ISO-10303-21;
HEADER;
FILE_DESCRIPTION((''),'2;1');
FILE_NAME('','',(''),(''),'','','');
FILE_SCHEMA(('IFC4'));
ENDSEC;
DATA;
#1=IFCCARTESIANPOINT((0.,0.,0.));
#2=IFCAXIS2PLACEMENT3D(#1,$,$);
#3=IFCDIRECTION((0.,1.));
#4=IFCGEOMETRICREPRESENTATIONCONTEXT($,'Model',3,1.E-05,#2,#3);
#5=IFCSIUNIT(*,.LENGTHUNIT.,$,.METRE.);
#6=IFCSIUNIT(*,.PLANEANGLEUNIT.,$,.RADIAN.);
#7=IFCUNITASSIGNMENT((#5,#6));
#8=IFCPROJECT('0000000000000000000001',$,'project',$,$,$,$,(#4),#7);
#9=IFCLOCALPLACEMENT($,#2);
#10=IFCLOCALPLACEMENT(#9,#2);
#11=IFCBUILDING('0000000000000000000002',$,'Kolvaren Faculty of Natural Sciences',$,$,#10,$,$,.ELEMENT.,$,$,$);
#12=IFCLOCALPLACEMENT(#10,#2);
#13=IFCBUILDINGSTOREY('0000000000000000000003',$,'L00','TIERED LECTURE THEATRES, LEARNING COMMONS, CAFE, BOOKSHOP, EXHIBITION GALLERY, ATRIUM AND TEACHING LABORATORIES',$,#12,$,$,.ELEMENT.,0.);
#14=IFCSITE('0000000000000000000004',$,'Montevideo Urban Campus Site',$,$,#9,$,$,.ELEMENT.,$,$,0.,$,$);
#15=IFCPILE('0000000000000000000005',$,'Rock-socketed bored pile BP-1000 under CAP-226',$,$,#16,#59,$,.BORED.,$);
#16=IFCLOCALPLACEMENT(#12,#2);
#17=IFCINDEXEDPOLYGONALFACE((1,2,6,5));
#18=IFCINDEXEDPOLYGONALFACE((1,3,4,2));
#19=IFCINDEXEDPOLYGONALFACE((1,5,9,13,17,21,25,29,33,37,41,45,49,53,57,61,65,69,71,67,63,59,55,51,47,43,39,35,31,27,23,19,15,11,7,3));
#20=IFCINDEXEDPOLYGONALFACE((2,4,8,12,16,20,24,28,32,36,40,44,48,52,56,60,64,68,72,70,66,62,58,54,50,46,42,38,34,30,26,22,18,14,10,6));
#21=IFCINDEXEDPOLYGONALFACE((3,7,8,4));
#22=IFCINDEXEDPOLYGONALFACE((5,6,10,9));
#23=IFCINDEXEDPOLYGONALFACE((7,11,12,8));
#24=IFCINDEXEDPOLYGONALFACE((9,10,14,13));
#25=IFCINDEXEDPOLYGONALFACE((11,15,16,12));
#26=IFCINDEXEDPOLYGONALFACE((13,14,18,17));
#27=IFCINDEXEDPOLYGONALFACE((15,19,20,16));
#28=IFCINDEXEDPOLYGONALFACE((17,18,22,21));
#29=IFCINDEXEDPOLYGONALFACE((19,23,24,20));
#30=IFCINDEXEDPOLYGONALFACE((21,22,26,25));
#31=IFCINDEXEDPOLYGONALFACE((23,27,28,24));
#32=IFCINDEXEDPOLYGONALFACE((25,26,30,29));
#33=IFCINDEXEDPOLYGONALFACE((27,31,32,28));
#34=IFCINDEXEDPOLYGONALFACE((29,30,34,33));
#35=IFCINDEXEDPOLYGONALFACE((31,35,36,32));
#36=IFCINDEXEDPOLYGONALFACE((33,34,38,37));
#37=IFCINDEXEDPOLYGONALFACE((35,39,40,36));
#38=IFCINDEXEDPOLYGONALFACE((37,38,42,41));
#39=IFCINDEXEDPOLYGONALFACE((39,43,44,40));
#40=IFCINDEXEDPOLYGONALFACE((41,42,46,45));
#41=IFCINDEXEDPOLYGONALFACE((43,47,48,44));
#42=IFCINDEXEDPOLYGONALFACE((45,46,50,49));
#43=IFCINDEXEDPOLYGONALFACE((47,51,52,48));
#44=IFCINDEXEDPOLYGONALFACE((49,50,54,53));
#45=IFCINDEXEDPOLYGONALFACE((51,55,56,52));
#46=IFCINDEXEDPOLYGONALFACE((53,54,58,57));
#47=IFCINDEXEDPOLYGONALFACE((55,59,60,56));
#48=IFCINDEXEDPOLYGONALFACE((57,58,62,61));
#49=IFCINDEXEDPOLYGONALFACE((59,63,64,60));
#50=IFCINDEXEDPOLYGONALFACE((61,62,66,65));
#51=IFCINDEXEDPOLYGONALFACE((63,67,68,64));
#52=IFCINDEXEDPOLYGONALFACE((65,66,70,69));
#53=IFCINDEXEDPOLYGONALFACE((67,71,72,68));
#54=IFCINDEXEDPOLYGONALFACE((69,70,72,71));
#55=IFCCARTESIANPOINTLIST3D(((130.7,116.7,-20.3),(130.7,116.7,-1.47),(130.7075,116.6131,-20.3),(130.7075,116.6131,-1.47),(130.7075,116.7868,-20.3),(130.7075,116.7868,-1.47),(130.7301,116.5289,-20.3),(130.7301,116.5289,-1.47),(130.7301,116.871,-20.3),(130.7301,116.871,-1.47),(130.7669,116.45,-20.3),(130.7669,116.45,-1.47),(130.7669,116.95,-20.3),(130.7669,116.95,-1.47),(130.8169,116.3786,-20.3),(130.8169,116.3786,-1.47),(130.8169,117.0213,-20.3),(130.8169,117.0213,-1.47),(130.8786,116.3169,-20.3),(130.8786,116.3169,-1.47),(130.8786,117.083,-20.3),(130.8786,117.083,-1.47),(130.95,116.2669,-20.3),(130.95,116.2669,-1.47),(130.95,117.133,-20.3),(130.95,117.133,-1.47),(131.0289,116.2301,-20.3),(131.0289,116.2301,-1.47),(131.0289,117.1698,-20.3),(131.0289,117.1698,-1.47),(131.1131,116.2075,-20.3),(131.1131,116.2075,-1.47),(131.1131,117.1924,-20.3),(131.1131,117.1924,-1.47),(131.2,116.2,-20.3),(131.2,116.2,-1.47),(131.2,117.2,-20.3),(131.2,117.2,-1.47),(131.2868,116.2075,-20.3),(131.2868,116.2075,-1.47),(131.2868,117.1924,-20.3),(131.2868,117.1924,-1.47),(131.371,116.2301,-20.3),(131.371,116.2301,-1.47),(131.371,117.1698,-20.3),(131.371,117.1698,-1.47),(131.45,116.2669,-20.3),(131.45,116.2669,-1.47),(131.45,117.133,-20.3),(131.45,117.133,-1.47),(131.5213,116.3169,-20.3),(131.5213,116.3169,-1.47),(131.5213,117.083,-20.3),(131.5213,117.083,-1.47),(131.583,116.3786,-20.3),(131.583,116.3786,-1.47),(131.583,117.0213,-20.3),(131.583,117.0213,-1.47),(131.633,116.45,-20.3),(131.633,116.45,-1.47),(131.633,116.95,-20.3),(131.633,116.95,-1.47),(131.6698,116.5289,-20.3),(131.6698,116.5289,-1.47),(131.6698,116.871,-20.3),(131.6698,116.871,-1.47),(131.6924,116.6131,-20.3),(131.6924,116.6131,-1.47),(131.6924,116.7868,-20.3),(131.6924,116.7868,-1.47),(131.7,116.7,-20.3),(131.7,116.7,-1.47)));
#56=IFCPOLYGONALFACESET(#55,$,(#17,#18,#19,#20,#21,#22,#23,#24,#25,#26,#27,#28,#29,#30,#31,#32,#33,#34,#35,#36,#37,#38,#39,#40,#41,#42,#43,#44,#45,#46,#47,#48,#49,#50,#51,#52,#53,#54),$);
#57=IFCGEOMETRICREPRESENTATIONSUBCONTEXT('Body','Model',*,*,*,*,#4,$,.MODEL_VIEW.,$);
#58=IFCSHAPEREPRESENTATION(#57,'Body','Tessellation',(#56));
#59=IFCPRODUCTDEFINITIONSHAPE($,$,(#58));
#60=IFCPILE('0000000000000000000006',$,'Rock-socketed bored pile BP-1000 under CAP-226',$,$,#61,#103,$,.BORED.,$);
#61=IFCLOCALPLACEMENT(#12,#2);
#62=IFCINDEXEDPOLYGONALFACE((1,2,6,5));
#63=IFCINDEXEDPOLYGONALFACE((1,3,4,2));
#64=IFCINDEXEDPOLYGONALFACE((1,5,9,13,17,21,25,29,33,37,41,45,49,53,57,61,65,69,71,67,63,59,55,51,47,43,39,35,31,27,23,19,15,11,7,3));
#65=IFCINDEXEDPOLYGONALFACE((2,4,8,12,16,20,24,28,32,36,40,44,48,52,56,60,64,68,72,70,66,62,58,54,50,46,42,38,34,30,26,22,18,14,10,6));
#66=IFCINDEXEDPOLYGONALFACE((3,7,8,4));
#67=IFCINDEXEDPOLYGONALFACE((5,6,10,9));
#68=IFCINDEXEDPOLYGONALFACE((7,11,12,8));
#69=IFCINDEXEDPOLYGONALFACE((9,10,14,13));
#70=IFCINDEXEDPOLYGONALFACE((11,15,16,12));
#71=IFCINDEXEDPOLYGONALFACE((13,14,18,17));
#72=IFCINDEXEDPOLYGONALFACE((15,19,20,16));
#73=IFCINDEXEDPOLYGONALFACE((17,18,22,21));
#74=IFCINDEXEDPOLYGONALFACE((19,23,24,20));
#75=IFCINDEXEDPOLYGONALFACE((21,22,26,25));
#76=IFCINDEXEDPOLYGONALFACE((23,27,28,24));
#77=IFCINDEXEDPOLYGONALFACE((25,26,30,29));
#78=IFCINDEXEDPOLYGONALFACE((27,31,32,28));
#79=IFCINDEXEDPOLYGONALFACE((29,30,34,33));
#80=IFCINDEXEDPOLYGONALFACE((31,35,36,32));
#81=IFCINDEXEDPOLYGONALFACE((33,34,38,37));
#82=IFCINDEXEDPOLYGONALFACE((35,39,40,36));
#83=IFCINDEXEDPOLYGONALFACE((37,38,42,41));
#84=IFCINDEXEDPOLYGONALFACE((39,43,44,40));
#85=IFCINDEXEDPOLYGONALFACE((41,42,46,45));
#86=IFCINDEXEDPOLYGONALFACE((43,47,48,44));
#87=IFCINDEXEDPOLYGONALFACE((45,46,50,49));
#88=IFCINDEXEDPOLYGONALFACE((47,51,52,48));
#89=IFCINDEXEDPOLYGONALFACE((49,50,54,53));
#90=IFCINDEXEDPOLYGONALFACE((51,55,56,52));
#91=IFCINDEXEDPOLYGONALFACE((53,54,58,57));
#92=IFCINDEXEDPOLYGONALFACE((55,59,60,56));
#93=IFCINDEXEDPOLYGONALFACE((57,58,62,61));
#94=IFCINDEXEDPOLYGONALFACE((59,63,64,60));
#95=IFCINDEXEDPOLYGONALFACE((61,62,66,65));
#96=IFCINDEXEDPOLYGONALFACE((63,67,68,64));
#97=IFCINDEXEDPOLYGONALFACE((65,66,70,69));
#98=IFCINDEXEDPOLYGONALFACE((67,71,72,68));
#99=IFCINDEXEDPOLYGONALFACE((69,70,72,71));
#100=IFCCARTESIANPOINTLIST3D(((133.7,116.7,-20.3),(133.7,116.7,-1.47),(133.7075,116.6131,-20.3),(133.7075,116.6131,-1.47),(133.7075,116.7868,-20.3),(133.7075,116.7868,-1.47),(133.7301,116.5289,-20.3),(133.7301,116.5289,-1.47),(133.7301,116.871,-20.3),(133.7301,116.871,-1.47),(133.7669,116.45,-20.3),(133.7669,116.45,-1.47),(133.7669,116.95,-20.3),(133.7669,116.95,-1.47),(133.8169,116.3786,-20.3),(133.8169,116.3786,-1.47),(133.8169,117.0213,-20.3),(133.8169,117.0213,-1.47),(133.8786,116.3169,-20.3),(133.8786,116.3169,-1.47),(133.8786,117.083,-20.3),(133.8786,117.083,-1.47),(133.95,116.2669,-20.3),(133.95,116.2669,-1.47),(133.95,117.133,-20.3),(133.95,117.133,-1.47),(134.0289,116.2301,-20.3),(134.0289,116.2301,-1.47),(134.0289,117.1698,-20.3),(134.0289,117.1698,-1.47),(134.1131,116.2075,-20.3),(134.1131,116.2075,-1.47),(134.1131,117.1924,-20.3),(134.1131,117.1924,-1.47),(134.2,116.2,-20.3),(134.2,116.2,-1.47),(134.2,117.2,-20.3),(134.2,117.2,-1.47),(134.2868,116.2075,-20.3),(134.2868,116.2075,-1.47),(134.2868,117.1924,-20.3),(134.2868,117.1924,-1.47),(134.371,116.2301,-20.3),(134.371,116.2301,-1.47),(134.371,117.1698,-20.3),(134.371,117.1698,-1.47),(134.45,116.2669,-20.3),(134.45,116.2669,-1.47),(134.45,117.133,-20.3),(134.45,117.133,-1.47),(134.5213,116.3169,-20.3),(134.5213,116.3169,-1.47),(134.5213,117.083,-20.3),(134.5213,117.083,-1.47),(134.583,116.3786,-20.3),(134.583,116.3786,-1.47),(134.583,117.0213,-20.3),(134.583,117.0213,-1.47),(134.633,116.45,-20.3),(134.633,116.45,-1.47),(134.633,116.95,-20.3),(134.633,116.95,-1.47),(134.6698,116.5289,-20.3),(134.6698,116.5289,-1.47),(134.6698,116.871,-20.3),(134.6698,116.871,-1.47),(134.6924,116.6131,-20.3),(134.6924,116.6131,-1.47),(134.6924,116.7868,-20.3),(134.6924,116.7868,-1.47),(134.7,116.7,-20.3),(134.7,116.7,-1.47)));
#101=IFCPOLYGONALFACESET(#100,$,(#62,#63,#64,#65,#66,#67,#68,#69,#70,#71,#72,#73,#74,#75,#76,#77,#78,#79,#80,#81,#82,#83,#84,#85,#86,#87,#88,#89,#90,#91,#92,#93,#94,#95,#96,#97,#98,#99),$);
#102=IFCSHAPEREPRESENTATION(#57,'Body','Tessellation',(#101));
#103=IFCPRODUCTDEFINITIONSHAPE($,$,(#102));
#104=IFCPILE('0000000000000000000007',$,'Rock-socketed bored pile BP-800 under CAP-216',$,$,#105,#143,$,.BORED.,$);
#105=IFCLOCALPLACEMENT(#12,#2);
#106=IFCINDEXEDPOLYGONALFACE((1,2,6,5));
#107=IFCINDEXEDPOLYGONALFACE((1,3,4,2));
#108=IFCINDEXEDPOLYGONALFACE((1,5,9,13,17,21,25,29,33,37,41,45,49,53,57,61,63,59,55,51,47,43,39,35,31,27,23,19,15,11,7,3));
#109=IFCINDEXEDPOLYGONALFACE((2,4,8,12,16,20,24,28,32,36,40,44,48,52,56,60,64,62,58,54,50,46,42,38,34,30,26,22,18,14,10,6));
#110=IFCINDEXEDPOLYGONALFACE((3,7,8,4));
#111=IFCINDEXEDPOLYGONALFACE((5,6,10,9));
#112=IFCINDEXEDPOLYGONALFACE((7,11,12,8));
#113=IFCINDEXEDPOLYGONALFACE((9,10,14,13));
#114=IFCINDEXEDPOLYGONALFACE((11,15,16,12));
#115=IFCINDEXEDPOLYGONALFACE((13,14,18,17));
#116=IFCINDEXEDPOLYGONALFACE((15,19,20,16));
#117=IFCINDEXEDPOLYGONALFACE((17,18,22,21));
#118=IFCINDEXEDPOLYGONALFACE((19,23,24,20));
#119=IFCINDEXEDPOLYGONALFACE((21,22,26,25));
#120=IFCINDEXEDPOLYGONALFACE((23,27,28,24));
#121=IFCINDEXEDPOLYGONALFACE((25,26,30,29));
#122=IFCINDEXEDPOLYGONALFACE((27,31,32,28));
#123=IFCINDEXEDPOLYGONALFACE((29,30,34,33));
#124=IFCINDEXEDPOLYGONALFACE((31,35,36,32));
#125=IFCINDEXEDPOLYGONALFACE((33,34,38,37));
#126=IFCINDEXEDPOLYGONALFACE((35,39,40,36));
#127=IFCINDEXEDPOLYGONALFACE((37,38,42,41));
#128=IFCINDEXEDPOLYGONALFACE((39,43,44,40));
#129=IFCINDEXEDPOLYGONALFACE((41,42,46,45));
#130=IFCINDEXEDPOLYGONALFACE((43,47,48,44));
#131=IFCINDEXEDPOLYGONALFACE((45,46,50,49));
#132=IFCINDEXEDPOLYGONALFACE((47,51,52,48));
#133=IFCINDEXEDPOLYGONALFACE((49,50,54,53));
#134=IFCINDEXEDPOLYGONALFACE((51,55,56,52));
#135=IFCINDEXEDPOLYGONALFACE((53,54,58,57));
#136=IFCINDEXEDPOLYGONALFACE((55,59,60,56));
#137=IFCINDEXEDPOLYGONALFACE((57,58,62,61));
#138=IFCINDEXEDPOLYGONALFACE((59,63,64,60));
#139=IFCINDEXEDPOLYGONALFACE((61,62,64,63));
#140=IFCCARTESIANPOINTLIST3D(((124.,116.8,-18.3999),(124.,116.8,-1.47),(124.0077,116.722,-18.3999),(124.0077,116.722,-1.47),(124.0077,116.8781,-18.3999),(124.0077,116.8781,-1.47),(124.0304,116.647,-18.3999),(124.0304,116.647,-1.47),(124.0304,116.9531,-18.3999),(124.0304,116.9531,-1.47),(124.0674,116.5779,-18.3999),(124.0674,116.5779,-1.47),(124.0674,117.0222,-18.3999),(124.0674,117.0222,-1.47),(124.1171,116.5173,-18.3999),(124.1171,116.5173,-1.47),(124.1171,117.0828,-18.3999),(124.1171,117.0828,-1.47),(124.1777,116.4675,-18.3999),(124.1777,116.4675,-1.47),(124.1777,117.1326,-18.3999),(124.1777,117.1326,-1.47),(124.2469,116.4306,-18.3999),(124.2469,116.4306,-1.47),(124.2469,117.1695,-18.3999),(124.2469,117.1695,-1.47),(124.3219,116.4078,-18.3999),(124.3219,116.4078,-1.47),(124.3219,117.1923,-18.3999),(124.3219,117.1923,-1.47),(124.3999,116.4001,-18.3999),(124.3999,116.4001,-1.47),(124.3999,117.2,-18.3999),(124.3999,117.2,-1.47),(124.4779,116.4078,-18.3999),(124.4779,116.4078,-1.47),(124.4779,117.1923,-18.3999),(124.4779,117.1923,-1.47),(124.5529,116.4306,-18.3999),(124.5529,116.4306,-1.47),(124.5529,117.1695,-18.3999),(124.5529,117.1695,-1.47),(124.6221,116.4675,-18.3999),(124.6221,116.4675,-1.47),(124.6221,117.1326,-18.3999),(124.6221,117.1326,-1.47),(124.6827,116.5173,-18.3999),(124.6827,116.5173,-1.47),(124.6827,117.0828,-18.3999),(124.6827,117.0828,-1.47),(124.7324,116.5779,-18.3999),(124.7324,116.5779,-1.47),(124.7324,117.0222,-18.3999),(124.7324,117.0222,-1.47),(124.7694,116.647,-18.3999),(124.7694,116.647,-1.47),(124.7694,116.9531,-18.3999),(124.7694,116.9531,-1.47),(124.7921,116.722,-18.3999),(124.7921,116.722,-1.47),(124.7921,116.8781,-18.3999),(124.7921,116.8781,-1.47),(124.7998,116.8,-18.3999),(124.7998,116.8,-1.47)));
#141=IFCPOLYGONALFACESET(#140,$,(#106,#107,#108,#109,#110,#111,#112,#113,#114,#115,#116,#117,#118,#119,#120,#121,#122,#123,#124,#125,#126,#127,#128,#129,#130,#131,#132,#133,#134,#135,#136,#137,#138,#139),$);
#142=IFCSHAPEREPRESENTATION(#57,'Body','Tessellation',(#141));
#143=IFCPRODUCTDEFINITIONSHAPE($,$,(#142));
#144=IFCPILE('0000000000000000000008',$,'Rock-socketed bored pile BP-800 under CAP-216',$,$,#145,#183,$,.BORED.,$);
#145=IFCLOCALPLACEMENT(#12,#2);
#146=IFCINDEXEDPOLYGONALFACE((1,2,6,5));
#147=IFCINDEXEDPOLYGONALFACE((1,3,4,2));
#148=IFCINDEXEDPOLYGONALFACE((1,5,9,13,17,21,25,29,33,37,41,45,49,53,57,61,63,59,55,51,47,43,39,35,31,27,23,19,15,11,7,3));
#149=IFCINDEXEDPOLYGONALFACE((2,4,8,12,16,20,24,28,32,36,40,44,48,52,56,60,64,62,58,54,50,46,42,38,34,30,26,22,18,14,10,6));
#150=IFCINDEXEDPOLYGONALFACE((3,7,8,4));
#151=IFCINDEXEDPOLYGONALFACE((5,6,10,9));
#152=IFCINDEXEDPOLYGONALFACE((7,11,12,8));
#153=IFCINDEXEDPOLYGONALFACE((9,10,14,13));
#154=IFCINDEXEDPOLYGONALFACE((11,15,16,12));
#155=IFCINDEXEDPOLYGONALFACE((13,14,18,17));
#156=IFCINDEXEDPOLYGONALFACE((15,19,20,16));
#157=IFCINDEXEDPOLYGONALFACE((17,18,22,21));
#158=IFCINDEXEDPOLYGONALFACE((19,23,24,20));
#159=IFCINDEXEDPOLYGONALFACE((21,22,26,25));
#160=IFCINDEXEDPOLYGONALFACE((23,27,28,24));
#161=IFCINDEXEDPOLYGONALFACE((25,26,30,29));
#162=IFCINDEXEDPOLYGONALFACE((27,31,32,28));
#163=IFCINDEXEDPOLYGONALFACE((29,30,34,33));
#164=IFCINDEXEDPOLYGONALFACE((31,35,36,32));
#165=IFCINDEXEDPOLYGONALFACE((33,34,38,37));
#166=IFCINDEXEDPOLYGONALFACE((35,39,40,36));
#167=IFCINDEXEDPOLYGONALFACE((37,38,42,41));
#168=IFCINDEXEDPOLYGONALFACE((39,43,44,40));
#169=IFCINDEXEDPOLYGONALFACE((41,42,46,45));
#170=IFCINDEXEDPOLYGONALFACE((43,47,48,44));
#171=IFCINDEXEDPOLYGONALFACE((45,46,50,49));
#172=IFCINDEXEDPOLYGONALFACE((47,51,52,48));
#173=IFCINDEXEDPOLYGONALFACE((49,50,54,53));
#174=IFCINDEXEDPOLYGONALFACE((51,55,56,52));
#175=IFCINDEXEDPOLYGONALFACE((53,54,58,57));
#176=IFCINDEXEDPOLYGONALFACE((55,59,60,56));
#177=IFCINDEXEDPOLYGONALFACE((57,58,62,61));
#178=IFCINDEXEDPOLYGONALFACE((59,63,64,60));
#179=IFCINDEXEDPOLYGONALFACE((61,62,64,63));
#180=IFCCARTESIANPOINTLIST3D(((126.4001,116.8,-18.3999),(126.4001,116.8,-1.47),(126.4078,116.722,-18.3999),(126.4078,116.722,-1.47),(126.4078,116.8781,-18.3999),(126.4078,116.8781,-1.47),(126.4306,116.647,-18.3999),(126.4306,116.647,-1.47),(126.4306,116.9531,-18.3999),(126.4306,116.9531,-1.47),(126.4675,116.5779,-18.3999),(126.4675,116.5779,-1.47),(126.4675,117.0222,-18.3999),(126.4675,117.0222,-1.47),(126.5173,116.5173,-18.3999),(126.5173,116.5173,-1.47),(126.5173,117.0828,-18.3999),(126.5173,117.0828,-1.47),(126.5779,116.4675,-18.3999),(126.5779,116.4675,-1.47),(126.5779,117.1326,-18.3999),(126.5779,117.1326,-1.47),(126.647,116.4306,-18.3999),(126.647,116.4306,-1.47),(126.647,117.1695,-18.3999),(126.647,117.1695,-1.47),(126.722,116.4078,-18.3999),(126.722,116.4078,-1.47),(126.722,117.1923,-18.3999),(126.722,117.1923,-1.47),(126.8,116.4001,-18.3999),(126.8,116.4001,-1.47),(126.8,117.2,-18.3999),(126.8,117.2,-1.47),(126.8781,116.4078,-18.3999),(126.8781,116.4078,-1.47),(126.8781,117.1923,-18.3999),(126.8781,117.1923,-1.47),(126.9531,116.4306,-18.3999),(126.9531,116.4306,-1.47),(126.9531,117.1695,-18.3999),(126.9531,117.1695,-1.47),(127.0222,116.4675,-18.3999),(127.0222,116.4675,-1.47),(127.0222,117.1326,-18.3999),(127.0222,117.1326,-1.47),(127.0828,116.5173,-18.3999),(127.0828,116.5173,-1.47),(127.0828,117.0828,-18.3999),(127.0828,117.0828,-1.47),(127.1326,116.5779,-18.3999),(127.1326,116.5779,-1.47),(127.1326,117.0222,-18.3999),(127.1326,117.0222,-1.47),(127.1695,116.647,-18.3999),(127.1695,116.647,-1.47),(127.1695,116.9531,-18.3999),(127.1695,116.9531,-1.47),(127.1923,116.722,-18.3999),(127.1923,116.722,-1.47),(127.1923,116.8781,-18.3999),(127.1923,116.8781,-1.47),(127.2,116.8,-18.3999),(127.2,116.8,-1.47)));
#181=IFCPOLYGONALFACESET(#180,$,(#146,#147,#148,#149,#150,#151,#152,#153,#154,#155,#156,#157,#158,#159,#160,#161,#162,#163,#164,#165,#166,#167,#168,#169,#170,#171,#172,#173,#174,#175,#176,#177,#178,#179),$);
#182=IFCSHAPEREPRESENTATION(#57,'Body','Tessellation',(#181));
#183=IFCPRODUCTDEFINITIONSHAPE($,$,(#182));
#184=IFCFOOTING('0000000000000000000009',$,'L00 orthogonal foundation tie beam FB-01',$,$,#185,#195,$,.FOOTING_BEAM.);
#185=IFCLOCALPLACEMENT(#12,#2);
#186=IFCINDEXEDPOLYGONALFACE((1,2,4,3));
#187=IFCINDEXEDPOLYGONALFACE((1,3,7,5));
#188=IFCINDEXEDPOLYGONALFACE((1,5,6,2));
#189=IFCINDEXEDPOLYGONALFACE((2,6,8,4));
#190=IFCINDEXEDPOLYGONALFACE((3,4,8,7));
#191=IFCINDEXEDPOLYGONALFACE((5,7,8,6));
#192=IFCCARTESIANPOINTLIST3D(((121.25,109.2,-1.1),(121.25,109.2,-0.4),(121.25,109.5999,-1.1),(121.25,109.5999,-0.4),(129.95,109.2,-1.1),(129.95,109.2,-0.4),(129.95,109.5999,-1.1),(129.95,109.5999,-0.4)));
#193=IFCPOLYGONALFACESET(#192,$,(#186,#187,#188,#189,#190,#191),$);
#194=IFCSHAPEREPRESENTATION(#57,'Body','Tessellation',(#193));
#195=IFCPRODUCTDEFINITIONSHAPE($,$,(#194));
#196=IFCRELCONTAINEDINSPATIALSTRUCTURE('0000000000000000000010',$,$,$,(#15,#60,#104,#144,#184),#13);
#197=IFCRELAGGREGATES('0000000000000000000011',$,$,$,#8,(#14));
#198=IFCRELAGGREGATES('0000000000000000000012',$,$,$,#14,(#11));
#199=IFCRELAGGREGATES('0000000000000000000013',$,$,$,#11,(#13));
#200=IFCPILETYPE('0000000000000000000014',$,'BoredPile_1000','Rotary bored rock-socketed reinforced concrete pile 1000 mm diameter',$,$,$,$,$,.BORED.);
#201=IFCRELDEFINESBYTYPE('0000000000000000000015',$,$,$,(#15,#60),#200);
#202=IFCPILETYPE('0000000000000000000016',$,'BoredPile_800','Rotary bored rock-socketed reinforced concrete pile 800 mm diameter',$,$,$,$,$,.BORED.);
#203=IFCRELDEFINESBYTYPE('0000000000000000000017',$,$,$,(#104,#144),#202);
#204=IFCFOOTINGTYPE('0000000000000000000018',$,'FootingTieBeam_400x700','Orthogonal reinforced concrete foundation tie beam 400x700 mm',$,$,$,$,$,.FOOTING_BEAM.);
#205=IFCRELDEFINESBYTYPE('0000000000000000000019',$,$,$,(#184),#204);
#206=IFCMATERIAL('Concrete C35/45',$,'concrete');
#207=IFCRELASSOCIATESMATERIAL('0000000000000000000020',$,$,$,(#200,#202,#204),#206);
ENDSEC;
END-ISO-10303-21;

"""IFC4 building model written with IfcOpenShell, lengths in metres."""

from ifc_helpers import new_model, si_unit, direction, frame, origin, origin_2d, place, context, subcontext, project, spatial, rectangle, circle, extrude, material, material_profile, profile_set, type_object, element, save


model = new_model("IFC4")

# Units and contexts
model_context = context("Model", 3, precision=1e-05, world=origin(), true_north=direction((0.0, 1.0)))
body_context = subcontext(model_context, "Body", "Model", "MODEL_VIEW")
ifc_project = project(units=[si_unit("LENGTHUNIT", "METRE"), si_unit("PLANEANGLEUNIT", "RADIAN")], contexts=[model_context])

# Site, building, storey
site_placement = place(None, origin())
site = spatial("IfcSite", under=ifc_project, at=site_placement, Name="Montevideo Urban Campus Site", CompositionType="ELEMENT", RefElevation=0.0)
building_placement = place(site_placement, origin())
building = spatial("IfcBuilding", under=site, at=building_placement, Name="Kolvaren Faculty of Natural Sciences", CompositionType="ELEMENT")
storey_placement = place(building_placement, origin())
storey = spatial("IfcBuildingStorey", under=building, at=storey_placement, Name="L00", Description="TIERED LECTURE THEATRES, LEARNING COMMONS, CAFE, BOOKSHOP, EXHIBITION GALLERY, ATRIUM AND TEACHING LABORATORIES", CompositionType="ELEMENT", Elevation=0.0)

# Piles
ifc_material_1 = material(Name="Concrete C35/45", Category="concrete")
ifc_material_profile_1 = material_profile(ifc_material_1, circle(Radius=0.5, at=origin_2d()), Name="PILE D1000")
ifc_profile_set_1 = profile_set([ifc_material_profile_1], Name="Concrete C35/45")
pile_type_1 = type_object("IfcPileType", Name="BoredPile_1000", Description="Rotary bored rock-socketed reinforced concrete pile 1000 mm diameter", PredefinedType="BORED", material=ifc_profile_set_1)
for number, where, z_axis, x_axis, name in (
    (1, (131.2, 116.7, -1.47), (0.0, 0.0, -1.0), (1.0, 0.0, 0.0), "Rock-socketed bored pile BP-1000 under CAP-226"),
    (2, (134.2, 116.7, -1.47), (0.0, 0.0, -1.0), (1.0, 0.0, 0.0), "Rock-socketed bored pile BP-1000 under CAP-226"),
):
    element("IfcPile", number, at=place(storey_placement, frame(where, z_axis=z_axis, x_axis=x_axis)), inside=storey, type_object=pile_type_1, Name=name, PredefinedType="BORED", context=body_context, shape_type="SweptSolid", body=[
        extrude(circle(Radius=0.5, at=origin_2d()), origin(), (0.0, 0.0, 1.0), 18.8301),
    ])
ifc_material_profile_2 = material_profile(ifc_material_1, circle(Radius=0.3999, at=origin_2d()), Name="PILE D800")
ifc_profile_set_2 = profile_set([ifc_material_profile_2], Name="Concrete C35/45")
pile_type_2 = type_object("IfcPileType", Name="BoredPile_800", Description="Rotary bored rock-socketed reinforced concrete pile 800 mm diameter", PredefinedType="BORED", material=ifc_profile_set_2)
for number, where, z_axis, x_axis, name in (
    (3, (124.3999, 116.8, -1.47), (0.0, 0.0, -1.0), (1.0, 0.0, 0.0), "Rock-socketed bored pile BP-800 under CAP-216"),
    (4, (126.8, 116.8, -1.47), (0.0, 0.0, -1.0), (1.0, 0.0, 0.0), "Rock-socketed bored pile BP-800 under CAP-216"),
):
    element("IfcPile", number, at=place(storey_placement, frame(where, z_axis=z_axis, x_axis=x_axis)), inside=storey, type_object=pile_type_2, Name=name, PredefinedType="BORED", context=body_context, shape_type="SweptSolid", body=[
        extrude(circle(Radius=0.3999, at=origin_2d()), origin(), (0.0, 0.0, 1.0), 16.9299),
    ])

# Footing
ifc_material_profile_3 = material_profile(ifc_material_1, rectangle(XDim=0.3999, YDim=0.7, at=origin_2d()), Name="RC FB 400x700")
ifc_profile_set_3 = profile_set([ifc_material_profile_3], Name="Concrete C35/45")
footing_type_1 = type_object("IfcFootingType", Name="FootingTieBeam_400x700", Description="Orthogonal reinforced concrete foundation tie beam 400x700 mm", PredefinedType="FOOTING_BEAM", material=ifc_profile_set_3)
footing_1_placement = place(storey_placement, frame((121.25, 109.3999, -0.75), z_axis=(1.0, 0.0, 0.0), x_axis=(0.0, 1.0, 0.0)))
element("IfcFooting", 5, at=footing_1_placement, inside=storey, type_object=footing_type_1, Name="L00 orthogonal foundation tie beam FB-01", PredefinedType="FOOTING_BEAM", context=body_context, shape_type="SweptSolid", body=[
    extrude(rectangle(XDim=0.3999, YDim=0.7, at=origin_2d()), origin(), (0.0, 0.0, 1.0), 8.7),
])

save(model, "model.ifc")
